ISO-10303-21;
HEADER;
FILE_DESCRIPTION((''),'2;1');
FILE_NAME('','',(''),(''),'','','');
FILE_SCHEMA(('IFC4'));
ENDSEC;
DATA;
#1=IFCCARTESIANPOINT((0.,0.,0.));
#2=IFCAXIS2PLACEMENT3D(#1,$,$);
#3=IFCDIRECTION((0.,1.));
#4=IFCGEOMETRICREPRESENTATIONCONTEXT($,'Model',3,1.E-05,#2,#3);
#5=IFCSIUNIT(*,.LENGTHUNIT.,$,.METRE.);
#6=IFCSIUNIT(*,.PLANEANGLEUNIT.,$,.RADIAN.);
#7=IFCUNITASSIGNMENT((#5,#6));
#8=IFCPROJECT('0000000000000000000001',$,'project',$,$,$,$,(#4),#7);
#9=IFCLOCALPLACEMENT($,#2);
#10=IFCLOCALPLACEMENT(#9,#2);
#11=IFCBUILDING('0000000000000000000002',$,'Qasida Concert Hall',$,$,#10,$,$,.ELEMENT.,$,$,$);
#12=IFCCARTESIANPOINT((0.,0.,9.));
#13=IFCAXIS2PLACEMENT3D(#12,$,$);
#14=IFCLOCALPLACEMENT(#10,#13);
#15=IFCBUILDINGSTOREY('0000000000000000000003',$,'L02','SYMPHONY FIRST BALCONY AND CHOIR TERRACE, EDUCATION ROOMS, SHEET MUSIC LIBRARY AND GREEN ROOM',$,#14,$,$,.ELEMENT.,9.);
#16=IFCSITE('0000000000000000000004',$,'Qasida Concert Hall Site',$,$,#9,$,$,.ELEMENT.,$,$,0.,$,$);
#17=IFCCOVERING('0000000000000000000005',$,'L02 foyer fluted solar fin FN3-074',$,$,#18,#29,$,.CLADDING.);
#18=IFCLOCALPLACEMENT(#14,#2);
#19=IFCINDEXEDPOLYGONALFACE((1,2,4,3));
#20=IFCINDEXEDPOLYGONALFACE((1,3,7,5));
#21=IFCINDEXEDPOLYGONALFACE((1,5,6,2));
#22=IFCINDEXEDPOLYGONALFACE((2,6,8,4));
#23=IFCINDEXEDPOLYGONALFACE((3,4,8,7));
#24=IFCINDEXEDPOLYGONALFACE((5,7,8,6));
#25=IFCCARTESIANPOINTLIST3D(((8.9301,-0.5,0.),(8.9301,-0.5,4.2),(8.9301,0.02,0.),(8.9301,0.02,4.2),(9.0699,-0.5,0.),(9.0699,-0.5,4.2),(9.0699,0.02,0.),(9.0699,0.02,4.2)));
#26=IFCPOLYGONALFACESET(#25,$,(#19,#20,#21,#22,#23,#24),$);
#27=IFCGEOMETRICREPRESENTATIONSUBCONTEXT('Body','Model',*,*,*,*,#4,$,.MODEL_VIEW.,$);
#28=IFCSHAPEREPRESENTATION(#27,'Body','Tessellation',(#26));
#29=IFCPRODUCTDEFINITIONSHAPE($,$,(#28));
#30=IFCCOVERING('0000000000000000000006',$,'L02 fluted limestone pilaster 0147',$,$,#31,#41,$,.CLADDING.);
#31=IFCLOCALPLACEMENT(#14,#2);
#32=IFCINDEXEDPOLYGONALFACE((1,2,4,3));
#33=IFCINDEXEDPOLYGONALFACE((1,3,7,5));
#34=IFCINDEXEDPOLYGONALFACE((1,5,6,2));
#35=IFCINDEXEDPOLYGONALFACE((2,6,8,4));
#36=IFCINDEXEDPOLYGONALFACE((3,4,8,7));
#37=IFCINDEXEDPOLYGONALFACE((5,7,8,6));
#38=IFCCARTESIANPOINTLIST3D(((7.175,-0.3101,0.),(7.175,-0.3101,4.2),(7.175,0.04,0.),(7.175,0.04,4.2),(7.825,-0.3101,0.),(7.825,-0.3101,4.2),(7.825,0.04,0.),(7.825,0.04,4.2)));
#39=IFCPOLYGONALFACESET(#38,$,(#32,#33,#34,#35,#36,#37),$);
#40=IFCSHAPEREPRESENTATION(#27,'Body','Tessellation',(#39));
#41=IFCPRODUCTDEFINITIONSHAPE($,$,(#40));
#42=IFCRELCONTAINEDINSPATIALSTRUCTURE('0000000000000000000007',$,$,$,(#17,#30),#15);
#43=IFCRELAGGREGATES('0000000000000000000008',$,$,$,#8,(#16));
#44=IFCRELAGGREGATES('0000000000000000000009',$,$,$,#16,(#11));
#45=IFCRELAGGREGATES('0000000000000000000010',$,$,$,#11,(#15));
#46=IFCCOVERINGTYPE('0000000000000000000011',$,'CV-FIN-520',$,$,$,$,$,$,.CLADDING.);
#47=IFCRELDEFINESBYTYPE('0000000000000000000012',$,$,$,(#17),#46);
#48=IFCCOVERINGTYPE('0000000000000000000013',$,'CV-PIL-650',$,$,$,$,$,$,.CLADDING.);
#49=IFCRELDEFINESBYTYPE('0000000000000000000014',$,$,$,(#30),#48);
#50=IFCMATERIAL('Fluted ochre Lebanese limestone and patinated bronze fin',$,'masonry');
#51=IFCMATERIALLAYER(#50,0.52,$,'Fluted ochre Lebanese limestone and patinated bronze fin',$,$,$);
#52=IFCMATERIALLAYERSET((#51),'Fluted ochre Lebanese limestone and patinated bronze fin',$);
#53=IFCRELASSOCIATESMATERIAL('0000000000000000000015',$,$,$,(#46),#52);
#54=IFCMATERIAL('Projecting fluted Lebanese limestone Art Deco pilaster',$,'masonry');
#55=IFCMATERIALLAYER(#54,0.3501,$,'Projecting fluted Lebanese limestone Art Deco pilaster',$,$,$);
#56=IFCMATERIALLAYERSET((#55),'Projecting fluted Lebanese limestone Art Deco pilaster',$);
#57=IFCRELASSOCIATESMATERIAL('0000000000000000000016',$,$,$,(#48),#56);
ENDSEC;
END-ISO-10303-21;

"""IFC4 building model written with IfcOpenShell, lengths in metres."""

from ifc_helpers import new_model, si_unit, direction, frame, origin, origin_2d, place, context, subcontext, project, spatial, rectangle, extrude, material, layer, layer_set, type_object, element, save


model = new_model("IFC4")

# Units and contexts
model_context = context("Model", 3, precision=1e-05, world=origin(), true_north=direction((0.0, 1.0)))
body_context = subcontext(model_context, "Body", "Model", "MODEL_VIEW")
ifc_project = project(units=[si_unit("LENGTHUNIT", "METRE"), si_unit("PLANEANGLEUNIT", "RADIAN")], contexts=[model_context])

# Site, building, storey
site_placement = place(None, origin())
site = spatial("IfcSite", under=ifc_project, at=site_placement, Name="Qasida Concert Hall Site", CompositionType="ELEMENT", RefElevation=0.0)
building_placement = place(site_placement, origin())
building = spatial("IfcBuilding", under=site, at=building_placement, Name="Qasida Concert Hall", CompositionType="ELEMENT")
storey_placement = place(building_placement, frame((0.0, 0.0, 9.0)))
storey = spatial("IfcBuildingStorey", under=building, at=storey_placement, Name="L02", Description="SYMPHONY FIRST BALCONY AND CHOIR TERRACE, EDUCATION ROOMS, SHEET MUSIC LIBRARY AND GREEN ROOM", CompositionType="ELEMENT", Elevation=9.0)

# Coverings
ifc_material_1 = material(Name="Fluted ochre Lebanese limestone and patinated bronze fin", Category="masonry")
ifc_layer_1 = layer(ifc_material_1, 0.52, Name="Fluted ochre Lebanese limestone and patinated bronze fin")
ifc_layer_set_1 = layer_set([ifc_layer_1], Name="Fluted ochre Lebanese limestone and patinated bronze fin")
covering_type_1 = type_object("IfcCoveringType", Name="CV-FIN-520", PredefinedType="CLADDING", material=ifc_layer_set_1)
for number, where, z_axis, x_axis, name in (
    (1, (9.0, -0.24, 0.0), (0.0, 0.0, 1.0), (1.0, 0.0, 0.0), "L02 foyer fluted solar fin FN3-074"),
):
    element("IfcCovering", number, at=place(storey_placement, frame(where, z_axis=z_axis, x_axis=x_axis)), inside=storey, type_object=covering_type_1, Name=name, PredefinedType="CLADDING", context=body_context, shape_type="SweptSolid", body=[
        extrude(rectangle(XDim=0.1399, YDim=0.52, at=origin_2d()), origin(), (0.0, 0.0, 1.0), 4.2),
    ])
ifc_material_2 = material(Name="Projecting fluted Lebanese limestone Art Deco pilaster", Category="masonry")
ifc_layer_2 = layer(ifc_material_2, 0.3501, Name="Projecting fluted Lebanese limestone Art Deco pilaster")
ifc_layer_set_2 = layer_set([ifc_layer_2], Name="Projecting fluted Lebanese limestone Art Deco pilaster")
covering_type_2 = type_object("IfcCoveringType", Name="CV-PIL-650", PredefinedType="CLADDING", material=ifc_layer_set_2)
covering_placement = place(storey_placement, frame((7.5, -0.135, 0.0), z_axis=(0.0, 0.0, 1.0), x_axis=(1.0, 0.0, 0.0)))
element("IfcCovering", 2, at=covering_placement, inside=storey, type_object=covering_type_2, Name="L02 fluted limestone pilaster 0147", PredefinedType="CLADDING", context=body_context, shape_type="SweptSolid", body=[
    extrude(rectangle(XDim=0.6499, YDim=0.3501, at=origin_2d()), origin(), (0.0, 0.0, 1.0), 4.2),
])

save(model, "model.ifc")
